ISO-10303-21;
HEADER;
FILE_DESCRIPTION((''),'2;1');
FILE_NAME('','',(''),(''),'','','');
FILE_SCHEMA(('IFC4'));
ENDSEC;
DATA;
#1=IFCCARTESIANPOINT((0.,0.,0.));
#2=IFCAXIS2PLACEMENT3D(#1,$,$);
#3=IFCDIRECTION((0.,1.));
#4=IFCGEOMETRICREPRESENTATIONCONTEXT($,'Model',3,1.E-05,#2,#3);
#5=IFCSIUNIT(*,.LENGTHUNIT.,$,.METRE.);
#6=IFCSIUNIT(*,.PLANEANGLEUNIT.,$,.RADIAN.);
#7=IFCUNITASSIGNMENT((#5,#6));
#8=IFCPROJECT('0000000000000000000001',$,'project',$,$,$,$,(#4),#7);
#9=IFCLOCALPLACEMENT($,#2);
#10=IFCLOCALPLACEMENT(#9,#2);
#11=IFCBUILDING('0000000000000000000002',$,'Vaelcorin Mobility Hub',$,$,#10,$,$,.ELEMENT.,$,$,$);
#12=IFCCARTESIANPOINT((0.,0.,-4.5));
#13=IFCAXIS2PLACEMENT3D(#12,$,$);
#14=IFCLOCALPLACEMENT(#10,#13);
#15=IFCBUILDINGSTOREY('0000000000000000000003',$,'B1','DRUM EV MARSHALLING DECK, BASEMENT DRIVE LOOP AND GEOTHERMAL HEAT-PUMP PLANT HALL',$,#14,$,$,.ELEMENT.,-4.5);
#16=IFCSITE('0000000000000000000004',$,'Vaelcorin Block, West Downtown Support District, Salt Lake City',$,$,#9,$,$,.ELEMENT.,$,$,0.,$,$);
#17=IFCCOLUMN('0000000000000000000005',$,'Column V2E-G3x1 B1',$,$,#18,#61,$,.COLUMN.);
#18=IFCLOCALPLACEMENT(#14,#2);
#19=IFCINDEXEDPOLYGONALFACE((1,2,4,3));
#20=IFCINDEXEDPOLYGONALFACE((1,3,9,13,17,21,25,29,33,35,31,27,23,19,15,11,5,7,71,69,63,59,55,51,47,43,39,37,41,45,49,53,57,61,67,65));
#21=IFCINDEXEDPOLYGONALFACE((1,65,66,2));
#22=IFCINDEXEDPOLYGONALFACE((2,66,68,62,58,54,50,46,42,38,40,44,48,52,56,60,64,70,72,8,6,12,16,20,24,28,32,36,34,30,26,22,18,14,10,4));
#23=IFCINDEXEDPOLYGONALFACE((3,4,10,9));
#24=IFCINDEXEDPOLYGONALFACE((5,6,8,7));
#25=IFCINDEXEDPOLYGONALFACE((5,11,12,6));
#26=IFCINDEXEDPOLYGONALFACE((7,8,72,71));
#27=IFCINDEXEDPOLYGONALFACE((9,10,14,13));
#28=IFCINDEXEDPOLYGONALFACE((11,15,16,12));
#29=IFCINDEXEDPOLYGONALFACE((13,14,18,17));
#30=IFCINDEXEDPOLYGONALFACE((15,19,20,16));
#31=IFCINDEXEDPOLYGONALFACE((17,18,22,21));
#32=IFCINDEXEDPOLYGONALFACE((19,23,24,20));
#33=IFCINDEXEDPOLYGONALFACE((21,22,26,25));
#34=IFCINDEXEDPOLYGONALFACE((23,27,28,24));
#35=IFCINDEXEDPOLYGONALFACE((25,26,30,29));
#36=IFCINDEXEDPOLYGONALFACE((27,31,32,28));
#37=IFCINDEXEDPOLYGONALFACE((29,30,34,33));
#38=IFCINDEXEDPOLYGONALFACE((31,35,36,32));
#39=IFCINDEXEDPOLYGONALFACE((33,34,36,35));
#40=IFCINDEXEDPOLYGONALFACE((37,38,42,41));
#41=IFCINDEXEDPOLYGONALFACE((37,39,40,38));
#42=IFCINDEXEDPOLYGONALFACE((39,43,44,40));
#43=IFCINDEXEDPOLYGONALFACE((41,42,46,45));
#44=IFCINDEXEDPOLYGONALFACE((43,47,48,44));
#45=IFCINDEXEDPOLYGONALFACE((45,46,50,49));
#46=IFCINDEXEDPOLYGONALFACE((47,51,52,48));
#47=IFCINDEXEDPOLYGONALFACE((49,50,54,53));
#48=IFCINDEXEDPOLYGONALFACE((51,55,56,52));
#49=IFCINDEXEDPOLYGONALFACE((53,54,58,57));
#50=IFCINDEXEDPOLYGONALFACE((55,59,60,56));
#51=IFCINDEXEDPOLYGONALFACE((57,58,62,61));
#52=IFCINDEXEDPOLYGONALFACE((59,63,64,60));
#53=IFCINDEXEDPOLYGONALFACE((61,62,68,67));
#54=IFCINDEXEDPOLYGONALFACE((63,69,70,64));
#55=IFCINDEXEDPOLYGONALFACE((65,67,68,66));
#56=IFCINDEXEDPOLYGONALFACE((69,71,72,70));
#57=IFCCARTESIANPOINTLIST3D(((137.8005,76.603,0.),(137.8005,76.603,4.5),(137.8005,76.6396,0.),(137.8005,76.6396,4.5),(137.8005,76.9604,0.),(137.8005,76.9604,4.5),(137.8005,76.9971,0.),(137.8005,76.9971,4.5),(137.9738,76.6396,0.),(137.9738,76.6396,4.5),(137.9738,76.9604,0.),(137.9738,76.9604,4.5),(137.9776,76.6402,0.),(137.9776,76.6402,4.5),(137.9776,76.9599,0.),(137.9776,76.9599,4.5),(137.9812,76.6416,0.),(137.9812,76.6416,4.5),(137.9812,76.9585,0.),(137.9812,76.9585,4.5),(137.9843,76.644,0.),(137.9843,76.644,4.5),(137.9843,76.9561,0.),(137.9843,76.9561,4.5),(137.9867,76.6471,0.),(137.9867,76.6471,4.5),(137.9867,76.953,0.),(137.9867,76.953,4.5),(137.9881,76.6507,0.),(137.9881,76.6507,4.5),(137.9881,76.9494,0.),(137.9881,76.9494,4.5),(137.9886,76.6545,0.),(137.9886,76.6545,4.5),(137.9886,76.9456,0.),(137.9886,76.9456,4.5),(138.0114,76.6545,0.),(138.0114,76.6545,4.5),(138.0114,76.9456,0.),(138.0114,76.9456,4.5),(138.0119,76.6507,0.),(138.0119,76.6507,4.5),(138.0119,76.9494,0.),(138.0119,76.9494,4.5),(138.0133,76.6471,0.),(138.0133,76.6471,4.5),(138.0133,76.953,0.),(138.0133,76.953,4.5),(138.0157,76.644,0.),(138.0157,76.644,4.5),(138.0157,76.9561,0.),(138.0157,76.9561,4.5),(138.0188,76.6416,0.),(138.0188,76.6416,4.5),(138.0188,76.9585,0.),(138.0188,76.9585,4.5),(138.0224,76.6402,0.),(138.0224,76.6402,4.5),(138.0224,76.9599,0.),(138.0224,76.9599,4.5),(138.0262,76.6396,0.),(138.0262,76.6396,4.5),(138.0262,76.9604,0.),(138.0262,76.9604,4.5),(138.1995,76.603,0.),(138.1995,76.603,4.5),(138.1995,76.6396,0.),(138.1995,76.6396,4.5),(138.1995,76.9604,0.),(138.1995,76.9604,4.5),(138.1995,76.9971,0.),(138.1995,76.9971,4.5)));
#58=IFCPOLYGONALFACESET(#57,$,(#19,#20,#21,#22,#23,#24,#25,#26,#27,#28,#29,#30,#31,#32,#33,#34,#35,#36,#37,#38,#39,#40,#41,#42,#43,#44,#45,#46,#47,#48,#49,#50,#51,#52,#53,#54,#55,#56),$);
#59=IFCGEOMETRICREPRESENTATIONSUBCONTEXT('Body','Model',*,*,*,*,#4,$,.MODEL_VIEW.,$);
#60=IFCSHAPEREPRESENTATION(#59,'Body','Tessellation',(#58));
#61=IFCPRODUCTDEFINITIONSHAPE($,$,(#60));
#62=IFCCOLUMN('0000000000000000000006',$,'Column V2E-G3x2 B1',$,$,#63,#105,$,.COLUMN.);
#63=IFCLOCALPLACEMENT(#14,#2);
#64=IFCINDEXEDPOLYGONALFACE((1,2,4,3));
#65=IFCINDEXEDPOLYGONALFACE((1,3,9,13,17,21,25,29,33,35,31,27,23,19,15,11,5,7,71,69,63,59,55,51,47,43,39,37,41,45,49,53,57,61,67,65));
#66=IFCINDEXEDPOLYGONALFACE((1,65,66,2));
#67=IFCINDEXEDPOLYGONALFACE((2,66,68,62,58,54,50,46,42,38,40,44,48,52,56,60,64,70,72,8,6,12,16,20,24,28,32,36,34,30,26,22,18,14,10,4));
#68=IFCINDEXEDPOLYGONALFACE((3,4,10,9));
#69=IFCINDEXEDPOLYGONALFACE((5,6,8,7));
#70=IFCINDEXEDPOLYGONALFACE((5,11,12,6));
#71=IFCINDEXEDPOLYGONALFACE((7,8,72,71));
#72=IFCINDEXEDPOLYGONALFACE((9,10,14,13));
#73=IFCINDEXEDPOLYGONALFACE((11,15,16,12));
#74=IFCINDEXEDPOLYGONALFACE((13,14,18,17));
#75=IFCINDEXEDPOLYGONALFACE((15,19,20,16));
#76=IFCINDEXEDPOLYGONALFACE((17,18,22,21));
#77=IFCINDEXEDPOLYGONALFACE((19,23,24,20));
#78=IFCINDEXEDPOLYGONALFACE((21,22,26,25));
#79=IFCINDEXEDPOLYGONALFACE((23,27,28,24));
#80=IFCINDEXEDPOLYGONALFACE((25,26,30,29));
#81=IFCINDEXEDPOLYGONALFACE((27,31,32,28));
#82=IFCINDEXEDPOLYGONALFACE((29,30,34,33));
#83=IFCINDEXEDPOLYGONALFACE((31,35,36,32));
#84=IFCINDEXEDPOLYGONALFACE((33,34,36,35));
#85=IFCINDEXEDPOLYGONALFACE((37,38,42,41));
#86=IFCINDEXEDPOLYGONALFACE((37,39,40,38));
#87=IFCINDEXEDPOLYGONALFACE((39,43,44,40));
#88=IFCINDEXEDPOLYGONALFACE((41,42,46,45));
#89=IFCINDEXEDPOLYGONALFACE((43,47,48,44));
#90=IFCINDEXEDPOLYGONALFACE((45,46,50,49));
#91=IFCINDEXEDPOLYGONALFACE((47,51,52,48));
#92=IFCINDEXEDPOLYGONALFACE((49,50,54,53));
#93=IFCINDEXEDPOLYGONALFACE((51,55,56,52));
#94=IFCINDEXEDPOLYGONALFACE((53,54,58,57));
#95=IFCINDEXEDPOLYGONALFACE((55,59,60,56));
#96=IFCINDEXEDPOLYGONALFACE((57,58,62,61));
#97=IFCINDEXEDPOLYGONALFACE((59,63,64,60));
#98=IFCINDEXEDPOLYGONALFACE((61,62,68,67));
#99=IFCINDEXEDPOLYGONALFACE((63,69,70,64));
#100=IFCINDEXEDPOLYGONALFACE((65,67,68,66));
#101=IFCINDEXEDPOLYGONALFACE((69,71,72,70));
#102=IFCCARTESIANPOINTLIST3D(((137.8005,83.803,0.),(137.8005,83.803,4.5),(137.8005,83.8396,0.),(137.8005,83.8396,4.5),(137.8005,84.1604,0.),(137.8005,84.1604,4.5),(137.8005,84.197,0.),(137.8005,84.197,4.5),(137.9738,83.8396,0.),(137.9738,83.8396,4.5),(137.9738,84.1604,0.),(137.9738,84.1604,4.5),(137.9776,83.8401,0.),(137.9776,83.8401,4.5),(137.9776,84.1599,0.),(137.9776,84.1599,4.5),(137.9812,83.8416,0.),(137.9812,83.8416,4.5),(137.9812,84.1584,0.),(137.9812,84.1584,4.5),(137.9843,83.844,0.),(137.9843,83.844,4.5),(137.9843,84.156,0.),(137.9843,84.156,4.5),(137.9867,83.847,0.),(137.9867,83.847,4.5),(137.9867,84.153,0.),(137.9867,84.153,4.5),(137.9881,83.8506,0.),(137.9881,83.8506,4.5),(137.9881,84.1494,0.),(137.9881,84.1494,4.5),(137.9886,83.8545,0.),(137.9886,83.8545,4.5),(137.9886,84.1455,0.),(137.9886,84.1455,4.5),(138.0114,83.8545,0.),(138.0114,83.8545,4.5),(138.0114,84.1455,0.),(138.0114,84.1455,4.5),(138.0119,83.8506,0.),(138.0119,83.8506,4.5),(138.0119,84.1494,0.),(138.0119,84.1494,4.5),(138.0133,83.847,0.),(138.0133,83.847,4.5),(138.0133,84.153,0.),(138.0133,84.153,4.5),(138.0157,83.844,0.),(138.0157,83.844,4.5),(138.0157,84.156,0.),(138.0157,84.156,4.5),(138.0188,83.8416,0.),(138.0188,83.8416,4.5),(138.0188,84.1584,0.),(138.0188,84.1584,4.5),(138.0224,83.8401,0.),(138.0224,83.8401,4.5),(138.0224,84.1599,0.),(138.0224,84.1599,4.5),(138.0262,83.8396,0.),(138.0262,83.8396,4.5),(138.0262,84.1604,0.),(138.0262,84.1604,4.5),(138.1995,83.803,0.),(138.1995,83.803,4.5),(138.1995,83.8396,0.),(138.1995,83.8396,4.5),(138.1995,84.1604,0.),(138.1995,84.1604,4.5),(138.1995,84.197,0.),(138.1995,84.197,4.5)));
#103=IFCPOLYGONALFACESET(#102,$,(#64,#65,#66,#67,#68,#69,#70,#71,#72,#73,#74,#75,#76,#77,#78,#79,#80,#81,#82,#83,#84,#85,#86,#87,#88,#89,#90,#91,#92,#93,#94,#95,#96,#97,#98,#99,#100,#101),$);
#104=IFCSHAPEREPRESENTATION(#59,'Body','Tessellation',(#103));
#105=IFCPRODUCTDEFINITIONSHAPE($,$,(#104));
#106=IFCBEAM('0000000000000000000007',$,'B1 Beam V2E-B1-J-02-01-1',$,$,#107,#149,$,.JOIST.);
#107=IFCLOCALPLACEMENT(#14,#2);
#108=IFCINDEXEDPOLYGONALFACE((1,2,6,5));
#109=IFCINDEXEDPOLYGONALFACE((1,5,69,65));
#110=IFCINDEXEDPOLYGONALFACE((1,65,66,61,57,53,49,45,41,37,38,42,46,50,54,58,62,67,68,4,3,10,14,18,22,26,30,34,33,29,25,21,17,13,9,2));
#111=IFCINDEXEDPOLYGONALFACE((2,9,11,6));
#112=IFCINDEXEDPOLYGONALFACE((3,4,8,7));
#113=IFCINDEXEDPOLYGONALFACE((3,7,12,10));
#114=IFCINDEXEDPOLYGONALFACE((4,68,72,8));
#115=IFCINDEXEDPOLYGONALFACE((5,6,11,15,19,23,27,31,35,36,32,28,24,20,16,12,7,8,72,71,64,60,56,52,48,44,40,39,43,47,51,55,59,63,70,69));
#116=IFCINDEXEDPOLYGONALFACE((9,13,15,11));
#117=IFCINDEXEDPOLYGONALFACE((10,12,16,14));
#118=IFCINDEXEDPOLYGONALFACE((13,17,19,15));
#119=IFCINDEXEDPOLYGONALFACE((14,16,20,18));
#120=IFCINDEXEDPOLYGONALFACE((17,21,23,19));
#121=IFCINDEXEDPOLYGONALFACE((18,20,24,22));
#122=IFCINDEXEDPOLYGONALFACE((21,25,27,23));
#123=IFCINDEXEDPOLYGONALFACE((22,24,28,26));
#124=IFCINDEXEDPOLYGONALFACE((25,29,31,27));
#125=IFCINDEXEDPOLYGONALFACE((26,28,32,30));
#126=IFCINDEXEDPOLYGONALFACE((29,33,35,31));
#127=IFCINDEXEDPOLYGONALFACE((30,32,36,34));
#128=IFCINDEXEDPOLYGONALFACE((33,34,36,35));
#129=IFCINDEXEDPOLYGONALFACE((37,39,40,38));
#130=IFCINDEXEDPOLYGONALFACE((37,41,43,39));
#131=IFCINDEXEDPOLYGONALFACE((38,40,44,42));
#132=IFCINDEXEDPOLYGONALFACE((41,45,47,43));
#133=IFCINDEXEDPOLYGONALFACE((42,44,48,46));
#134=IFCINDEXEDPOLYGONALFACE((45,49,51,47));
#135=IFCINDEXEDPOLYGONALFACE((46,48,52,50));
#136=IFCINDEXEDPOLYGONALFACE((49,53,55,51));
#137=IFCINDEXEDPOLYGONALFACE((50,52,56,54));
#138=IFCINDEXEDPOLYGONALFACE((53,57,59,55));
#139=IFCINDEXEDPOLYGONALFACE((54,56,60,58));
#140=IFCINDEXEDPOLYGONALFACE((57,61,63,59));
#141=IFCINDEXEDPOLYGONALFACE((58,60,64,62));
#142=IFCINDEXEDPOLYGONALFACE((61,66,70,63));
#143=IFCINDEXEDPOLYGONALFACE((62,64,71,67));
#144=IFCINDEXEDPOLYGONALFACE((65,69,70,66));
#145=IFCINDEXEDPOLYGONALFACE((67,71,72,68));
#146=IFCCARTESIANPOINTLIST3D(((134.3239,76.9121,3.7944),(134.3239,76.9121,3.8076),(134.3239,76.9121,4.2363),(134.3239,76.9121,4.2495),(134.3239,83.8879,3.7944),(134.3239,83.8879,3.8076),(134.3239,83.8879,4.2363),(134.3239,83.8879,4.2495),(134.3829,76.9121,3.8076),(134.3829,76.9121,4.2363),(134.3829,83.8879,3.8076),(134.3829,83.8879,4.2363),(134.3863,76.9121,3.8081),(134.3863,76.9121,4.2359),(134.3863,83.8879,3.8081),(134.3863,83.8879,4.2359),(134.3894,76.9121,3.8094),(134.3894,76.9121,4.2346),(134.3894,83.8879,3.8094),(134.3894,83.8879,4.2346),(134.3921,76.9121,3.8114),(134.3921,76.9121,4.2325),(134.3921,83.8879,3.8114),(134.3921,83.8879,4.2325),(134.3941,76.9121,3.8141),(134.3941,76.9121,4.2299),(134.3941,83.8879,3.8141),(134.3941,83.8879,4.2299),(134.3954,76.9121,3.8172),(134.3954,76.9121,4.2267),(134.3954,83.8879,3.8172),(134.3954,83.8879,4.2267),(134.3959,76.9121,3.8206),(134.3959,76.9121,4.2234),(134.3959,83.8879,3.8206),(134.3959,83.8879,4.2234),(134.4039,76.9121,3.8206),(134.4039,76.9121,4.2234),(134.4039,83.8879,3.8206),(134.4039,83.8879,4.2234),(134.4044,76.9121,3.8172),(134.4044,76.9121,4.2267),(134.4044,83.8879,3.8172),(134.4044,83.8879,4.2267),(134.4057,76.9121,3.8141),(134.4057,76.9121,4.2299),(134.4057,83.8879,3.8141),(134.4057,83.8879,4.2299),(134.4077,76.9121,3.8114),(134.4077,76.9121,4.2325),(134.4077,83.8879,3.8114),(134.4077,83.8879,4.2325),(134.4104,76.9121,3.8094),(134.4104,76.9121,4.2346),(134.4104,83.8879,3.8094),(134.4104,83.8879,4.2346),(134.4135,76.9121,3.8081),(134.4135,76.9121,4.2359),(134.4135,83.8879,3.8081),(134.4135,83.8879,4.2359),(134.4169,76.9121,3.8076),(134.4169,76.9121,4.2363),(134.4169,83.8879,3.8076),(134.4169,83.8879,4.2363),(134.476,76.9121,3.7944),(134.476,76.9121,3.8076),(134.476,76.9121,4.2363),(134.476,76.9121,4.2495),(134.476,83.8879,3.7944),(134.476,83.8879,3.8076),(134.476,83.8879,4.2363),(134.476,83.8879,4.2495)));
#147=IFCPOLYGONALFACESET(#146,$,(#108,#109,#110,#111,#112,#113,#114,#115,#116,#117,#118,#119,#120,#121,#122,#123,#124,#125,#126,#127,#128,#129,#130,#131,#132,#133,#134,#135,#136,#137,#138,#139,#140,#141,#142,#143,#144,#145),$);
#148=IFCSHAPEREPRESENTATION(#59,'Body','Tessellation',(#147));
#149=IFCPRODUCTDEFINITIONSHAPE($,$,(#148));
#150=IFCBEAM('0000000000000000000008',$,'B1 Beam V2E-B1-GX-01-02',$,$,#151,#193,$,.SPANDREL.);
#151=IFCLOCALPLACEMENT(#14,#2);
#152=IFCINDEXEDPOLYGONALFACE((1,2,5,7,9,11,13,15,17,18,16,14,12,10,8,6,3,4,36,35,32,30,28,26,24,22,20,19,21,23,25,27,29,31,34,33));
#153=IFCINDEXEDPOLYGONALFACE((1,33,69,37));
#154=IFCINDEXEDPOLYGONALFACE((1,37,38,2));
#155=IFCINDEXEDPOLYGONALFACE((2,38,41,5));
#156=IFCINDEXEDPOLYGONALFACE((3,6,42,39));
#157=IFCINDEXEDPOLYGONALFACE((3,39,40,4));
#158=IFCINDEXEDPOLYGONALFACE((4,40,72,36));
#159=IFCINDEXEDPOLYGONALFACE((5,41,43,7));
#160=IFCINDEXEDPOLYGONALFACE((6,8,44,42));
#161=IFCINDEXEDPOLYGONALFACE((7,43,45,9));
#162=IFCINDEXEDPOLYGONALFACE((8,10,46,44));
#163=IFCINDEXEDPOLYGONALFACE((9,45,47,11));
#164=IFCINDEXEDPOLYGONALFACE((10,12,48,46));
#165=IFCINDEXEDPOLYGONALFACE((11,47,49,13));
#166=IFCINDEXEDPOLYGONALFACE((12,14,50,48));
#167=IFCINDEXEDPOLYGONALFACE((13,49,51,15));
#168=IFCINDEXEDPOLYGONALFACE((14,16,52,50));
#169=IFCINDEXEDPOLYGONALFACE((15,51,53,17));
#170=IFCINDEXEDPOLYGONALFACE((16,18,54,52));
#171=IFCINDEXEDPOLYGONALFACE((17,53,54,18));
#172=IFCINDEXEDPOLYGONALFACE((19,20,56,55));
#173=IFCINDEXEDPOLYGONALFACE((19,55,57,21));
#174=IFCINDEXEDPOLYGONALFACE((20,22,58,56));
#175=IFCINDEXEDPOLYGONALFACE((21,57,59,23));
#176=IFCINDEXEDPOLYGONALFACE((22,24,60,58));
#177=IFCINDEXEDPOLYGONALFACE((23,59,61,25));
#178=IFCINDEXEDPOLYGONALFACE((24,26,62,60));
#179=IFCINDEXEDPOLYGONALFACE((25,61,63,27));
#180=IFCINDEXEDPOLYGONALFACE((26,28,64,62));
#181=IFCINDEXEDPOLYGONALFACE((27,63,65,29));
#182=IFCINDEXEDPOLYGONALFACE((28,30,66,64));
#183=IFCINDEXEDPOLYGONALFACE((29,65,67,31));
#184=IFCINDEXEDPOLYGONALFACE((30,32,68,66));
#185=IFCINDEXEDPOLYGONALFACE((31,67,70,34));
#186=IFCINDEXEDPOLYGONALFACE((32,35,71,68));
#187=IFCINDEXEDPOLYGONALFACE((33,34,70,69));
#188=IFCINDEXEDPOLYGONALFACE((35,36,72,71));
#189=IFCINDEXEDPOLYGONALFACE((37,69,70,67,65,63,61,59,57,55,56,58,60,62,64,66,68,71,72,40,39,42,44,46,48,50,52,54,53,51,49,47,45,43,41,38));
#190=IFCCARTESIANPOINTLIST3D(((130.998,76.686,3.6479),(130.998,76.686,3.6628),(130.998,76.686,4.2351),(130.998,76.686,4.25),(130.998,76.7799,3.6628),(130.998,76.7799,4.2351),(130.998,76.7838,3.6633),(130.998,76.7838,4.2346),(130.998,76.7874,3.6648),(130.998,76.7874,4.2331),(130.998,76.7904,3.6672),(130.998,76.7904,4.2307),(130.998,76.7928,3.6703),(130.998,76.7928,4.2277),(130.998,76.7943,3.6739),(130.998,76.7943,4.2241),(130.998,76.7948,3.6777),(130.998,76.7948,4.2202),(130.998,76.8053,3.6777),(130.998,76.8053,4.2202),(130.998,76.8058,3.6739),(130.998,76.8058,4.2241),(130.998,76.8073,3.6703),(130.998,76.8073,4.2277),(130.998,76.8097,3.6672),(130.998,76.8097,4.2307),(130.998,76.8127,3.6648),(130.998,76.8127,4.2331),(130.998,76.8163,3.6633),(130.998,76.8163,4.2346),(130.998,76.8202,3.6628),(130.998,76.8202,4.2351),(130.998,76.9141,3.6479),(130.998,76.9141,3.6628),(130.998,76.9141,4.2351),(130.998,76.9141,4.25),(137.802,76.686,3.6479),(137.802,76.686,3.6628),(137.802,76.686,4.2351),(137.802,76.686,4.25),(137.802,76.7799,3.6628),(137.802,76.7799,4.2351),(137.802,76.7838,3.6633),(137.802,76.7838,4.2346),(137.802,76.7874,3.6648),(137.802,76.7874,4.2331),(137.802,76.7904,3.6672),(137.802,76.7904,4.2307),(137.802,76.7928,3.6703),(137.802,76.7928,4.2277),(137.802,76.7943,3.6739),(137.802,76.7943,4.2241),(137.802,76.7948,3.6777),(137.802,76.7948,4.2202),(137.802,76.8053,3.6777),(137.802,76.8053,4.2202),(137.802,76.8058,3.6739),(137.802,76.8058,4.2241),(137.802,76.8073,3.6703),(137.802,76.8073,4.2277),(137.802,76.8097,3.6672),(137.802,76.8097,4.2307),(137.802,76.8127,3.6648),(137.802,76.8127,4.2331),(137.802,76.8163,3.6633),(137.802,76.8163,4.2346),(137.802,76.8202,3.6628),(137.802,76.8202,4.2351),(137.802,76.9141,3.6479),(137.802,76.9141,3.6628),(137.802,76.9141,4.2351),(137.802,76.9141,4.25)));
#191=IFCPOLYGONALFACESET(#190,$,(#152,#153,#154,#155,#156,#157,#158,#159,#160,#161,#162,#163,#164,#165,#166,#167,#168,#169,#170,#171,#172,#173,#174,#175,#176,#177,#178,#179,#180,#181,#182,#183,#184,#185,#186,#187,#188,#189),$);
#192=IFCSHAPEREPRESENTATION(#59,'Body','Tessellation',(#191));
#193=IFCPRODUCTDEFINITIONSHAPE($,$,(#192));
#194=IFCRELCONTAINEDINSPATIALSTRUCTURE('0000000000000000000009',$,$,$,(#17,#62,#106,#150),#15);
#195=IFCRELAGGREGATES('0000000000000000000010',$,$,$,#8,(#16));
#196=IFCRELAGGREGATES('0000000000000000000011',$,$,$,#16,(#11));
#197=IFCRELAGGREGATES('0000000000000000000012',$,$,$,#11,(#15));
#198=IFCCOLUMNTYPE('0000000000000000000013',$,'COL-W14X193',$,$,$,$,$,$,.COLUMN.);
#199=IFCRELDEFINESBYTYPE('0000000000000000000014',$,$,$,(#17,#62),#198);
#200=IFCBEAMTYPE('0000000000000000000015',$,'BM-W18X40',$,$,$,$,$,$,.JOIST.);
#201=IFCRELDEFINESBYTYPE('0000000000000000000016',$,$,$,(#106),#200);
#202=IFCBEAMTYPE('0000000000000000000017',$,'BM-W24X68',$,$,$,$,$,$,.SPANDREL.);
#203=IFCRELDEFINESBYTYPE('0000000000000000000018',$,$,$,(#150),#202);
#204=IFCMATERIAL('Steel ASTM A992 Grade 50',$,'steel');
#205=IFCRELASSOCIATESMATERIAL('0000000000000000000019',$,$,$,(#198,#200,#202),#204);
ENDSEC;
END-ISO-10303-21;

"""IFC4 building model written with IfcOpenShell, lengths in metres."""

from ifc_helpers import new_model, si_unit, direction, frame, origin, origin_2d, place, context, subcontext, project, spatial, i_section, extrude, material, material_profile, profile_set, type_object, element, save


model = new_model("IFC4")

# Units and contexts
model_context = context("Model", 3, precision=1e-05, world=origin(), true_north=direction((0.0, 1.0)))
body_context = subcontext(model_context, "Body", "Model", "MODEL_VIEW")
ifc_project = project(units=[si_unit("LENGTHUNIT", "METRE"), si_unit("PLANEANGLEUNIT", "RADIAN")], contexts=[model_context])

# Site, building, storey
site_placement = place(None, origin())
site = spatial("IfcSite", under=ifc_project, at=site_placement, Name="Vaelcorin Block, West Downtown Support District, Salt Lake City", CompositionType="ELEMENT", RefElevation=0.0)
building_placement = place(site_placement, origin())
building = spatial("IfcBuilding", under=site, at=building_placement, Name="Vaelcorin Mobility Hub", CompositionType="ELEMENT")
storey_placement = place(building_placement, frame((0.0, 0.0, -4.5)))
storey = spatial("IfcBuildingStorey", under=building, at=storey_placement, Name="B1", Description="DRUM EV MARSHALLING DECK, BASEMENT DRIVE LOOP AND GEOTHERMAL HEAT-PUMP PLANT HALL", CompositionType="ELEMENT", Elevation=-4.5)

# Columns
ifc_material_1 = material(Name="Steel ASTM A992 Grade 50", Category="steel")
ifc_material_profile_1 = material_profile(ifc_material_1, i_section(OverallWidth=0.3989, OverallDepth=0.394, WebThickness=0.0227, FlangeThickness=0.0366, FilletRadius=0.0149, at=origin_2d()), Name="W14X193")
ifc_profile_set_1 = profile_set([ifc_material_profile_1], Name="Steel ASTM A992 Grade 50")
column_type = type_object("IfcColumnType", Name="COL-W14X193", PredefinedType="COLUMN", material=ifc_profile_set_1)
for number, where, z_axis, x_axis, name in (
    (1, (138.0, 76.8, 0.0), (0.0, 0.0, 1.0), (1.0, 0.0, 0.0), "Column V2E-G3x1 B1"),
    (2, (138.0, 84.0, 0.0), (0.0, 0.0, 1.0), (1.0, 0.0, 0.0), "Column V2E-G3x2 B1"),
):
    element("IfcColumn", number, at=place(storey_placement, frame(where, z_axis=z_axis, x_axis=x_axis)), inside=storey, type_object=column_type, Name=name, PredefinedType="COLUMN", context=body_context, shape_type="SweptSolid", body=[
        extrude(i_section(OverallWidth=0.3989, OverallDepth=0.394, WebThickness=0.0227, FlangeThickness=0.0366, FilletRadius=0.0149, at=origin_2d()), origin(), (0.0, 0.0, 1.0), 4.5),
    ])

# Beams
ifc_material_profile_2 = material_profile(ifc_material_1, i_section(OverallWidth=0.1521, OverallDepth=0.4551, WebThickness=0.0081, FlangeThickness=0.0132, FilletRadius=0.0129, at=origin_2d()), Name="W18X40")
ifc_profile_set_2 = profile_set([ifc_material_profile_2], Name="Steel ASTM A992 Grade 50")
beam_type_1 = type_object("IfcBeamType", Name="BM-W18X40", PredefinedType="JOIST", material=ifc_profile_set_2)
beam_placement = place(storey_placement, frame((134.3999, 76.9121, 4.022), z_axis=(0.0, 1.0, 0.0), x_axis=(-1.0, 0.0, 0.0)))
element("IfcBeam", 3, at=beam_placement, inside=storey, type_object=beam_type_1, Name="B1 Beam V2E-B1-J-02-01-1", PredefinedType="JOIST", context=body_context, shape_type="SweptSolid", body=[
    extrude(i_section(OverallWidth=0.1521, OverallDepth=0.4551, WebThickness=0.0081, FlangeThickness=0.0132, FilletRadius=0.0129, at=origin_2d()), origin(), (0.0, 0.0, 1.0), 6.9758),
])
ifc_material_profile_3 = material_profile(ifc_material_1, i_section(OverallWidth=0.228, OverallDepth=0.6021, WebThickness=0.0105, FlangeThickness=0.0149, FilletRadius=0.0149, at=origin_2d()), Name="W24X68")
ifc_profile_set_3 = profile_set([ifc_material_profile_3], Name="Steel ASTM A992 Grade 50")
beam_type_2 = type_object("IfcBeamType", Name="BM-W24X68", PredefinedType="SPANDREL", material=ifc_profile_set_3)
for number, where, z_axis, x_axis, name in (
    (4, (130.998, 76.8, 3.949), (1.0, 0.0, 0.0), (0.0, 1.0, 0.0), "B1 Beam V2E-B1-GX-01-02"),
):
    element("IfcBeam", number, at=place(storey_placement, frame(where, z_axis=z_axis, x_axis=x_axis)), inside=storey, type_object=beam_type_2, Name=name, PredefinedType="SPANDREL", context=body_context, shape_type="SweptSolid", body=[
        extrude(i_section(OverallWidth=0.228, OverallDepth=0.6021, WebThickness=0.0105, FlangeThickness=0.0149, FilletRadius=0.0149, at=origin_2d()), origin(), (0.0, 0.0, 1.0), 6.804),
    ])

save(model, "model.ifc")
